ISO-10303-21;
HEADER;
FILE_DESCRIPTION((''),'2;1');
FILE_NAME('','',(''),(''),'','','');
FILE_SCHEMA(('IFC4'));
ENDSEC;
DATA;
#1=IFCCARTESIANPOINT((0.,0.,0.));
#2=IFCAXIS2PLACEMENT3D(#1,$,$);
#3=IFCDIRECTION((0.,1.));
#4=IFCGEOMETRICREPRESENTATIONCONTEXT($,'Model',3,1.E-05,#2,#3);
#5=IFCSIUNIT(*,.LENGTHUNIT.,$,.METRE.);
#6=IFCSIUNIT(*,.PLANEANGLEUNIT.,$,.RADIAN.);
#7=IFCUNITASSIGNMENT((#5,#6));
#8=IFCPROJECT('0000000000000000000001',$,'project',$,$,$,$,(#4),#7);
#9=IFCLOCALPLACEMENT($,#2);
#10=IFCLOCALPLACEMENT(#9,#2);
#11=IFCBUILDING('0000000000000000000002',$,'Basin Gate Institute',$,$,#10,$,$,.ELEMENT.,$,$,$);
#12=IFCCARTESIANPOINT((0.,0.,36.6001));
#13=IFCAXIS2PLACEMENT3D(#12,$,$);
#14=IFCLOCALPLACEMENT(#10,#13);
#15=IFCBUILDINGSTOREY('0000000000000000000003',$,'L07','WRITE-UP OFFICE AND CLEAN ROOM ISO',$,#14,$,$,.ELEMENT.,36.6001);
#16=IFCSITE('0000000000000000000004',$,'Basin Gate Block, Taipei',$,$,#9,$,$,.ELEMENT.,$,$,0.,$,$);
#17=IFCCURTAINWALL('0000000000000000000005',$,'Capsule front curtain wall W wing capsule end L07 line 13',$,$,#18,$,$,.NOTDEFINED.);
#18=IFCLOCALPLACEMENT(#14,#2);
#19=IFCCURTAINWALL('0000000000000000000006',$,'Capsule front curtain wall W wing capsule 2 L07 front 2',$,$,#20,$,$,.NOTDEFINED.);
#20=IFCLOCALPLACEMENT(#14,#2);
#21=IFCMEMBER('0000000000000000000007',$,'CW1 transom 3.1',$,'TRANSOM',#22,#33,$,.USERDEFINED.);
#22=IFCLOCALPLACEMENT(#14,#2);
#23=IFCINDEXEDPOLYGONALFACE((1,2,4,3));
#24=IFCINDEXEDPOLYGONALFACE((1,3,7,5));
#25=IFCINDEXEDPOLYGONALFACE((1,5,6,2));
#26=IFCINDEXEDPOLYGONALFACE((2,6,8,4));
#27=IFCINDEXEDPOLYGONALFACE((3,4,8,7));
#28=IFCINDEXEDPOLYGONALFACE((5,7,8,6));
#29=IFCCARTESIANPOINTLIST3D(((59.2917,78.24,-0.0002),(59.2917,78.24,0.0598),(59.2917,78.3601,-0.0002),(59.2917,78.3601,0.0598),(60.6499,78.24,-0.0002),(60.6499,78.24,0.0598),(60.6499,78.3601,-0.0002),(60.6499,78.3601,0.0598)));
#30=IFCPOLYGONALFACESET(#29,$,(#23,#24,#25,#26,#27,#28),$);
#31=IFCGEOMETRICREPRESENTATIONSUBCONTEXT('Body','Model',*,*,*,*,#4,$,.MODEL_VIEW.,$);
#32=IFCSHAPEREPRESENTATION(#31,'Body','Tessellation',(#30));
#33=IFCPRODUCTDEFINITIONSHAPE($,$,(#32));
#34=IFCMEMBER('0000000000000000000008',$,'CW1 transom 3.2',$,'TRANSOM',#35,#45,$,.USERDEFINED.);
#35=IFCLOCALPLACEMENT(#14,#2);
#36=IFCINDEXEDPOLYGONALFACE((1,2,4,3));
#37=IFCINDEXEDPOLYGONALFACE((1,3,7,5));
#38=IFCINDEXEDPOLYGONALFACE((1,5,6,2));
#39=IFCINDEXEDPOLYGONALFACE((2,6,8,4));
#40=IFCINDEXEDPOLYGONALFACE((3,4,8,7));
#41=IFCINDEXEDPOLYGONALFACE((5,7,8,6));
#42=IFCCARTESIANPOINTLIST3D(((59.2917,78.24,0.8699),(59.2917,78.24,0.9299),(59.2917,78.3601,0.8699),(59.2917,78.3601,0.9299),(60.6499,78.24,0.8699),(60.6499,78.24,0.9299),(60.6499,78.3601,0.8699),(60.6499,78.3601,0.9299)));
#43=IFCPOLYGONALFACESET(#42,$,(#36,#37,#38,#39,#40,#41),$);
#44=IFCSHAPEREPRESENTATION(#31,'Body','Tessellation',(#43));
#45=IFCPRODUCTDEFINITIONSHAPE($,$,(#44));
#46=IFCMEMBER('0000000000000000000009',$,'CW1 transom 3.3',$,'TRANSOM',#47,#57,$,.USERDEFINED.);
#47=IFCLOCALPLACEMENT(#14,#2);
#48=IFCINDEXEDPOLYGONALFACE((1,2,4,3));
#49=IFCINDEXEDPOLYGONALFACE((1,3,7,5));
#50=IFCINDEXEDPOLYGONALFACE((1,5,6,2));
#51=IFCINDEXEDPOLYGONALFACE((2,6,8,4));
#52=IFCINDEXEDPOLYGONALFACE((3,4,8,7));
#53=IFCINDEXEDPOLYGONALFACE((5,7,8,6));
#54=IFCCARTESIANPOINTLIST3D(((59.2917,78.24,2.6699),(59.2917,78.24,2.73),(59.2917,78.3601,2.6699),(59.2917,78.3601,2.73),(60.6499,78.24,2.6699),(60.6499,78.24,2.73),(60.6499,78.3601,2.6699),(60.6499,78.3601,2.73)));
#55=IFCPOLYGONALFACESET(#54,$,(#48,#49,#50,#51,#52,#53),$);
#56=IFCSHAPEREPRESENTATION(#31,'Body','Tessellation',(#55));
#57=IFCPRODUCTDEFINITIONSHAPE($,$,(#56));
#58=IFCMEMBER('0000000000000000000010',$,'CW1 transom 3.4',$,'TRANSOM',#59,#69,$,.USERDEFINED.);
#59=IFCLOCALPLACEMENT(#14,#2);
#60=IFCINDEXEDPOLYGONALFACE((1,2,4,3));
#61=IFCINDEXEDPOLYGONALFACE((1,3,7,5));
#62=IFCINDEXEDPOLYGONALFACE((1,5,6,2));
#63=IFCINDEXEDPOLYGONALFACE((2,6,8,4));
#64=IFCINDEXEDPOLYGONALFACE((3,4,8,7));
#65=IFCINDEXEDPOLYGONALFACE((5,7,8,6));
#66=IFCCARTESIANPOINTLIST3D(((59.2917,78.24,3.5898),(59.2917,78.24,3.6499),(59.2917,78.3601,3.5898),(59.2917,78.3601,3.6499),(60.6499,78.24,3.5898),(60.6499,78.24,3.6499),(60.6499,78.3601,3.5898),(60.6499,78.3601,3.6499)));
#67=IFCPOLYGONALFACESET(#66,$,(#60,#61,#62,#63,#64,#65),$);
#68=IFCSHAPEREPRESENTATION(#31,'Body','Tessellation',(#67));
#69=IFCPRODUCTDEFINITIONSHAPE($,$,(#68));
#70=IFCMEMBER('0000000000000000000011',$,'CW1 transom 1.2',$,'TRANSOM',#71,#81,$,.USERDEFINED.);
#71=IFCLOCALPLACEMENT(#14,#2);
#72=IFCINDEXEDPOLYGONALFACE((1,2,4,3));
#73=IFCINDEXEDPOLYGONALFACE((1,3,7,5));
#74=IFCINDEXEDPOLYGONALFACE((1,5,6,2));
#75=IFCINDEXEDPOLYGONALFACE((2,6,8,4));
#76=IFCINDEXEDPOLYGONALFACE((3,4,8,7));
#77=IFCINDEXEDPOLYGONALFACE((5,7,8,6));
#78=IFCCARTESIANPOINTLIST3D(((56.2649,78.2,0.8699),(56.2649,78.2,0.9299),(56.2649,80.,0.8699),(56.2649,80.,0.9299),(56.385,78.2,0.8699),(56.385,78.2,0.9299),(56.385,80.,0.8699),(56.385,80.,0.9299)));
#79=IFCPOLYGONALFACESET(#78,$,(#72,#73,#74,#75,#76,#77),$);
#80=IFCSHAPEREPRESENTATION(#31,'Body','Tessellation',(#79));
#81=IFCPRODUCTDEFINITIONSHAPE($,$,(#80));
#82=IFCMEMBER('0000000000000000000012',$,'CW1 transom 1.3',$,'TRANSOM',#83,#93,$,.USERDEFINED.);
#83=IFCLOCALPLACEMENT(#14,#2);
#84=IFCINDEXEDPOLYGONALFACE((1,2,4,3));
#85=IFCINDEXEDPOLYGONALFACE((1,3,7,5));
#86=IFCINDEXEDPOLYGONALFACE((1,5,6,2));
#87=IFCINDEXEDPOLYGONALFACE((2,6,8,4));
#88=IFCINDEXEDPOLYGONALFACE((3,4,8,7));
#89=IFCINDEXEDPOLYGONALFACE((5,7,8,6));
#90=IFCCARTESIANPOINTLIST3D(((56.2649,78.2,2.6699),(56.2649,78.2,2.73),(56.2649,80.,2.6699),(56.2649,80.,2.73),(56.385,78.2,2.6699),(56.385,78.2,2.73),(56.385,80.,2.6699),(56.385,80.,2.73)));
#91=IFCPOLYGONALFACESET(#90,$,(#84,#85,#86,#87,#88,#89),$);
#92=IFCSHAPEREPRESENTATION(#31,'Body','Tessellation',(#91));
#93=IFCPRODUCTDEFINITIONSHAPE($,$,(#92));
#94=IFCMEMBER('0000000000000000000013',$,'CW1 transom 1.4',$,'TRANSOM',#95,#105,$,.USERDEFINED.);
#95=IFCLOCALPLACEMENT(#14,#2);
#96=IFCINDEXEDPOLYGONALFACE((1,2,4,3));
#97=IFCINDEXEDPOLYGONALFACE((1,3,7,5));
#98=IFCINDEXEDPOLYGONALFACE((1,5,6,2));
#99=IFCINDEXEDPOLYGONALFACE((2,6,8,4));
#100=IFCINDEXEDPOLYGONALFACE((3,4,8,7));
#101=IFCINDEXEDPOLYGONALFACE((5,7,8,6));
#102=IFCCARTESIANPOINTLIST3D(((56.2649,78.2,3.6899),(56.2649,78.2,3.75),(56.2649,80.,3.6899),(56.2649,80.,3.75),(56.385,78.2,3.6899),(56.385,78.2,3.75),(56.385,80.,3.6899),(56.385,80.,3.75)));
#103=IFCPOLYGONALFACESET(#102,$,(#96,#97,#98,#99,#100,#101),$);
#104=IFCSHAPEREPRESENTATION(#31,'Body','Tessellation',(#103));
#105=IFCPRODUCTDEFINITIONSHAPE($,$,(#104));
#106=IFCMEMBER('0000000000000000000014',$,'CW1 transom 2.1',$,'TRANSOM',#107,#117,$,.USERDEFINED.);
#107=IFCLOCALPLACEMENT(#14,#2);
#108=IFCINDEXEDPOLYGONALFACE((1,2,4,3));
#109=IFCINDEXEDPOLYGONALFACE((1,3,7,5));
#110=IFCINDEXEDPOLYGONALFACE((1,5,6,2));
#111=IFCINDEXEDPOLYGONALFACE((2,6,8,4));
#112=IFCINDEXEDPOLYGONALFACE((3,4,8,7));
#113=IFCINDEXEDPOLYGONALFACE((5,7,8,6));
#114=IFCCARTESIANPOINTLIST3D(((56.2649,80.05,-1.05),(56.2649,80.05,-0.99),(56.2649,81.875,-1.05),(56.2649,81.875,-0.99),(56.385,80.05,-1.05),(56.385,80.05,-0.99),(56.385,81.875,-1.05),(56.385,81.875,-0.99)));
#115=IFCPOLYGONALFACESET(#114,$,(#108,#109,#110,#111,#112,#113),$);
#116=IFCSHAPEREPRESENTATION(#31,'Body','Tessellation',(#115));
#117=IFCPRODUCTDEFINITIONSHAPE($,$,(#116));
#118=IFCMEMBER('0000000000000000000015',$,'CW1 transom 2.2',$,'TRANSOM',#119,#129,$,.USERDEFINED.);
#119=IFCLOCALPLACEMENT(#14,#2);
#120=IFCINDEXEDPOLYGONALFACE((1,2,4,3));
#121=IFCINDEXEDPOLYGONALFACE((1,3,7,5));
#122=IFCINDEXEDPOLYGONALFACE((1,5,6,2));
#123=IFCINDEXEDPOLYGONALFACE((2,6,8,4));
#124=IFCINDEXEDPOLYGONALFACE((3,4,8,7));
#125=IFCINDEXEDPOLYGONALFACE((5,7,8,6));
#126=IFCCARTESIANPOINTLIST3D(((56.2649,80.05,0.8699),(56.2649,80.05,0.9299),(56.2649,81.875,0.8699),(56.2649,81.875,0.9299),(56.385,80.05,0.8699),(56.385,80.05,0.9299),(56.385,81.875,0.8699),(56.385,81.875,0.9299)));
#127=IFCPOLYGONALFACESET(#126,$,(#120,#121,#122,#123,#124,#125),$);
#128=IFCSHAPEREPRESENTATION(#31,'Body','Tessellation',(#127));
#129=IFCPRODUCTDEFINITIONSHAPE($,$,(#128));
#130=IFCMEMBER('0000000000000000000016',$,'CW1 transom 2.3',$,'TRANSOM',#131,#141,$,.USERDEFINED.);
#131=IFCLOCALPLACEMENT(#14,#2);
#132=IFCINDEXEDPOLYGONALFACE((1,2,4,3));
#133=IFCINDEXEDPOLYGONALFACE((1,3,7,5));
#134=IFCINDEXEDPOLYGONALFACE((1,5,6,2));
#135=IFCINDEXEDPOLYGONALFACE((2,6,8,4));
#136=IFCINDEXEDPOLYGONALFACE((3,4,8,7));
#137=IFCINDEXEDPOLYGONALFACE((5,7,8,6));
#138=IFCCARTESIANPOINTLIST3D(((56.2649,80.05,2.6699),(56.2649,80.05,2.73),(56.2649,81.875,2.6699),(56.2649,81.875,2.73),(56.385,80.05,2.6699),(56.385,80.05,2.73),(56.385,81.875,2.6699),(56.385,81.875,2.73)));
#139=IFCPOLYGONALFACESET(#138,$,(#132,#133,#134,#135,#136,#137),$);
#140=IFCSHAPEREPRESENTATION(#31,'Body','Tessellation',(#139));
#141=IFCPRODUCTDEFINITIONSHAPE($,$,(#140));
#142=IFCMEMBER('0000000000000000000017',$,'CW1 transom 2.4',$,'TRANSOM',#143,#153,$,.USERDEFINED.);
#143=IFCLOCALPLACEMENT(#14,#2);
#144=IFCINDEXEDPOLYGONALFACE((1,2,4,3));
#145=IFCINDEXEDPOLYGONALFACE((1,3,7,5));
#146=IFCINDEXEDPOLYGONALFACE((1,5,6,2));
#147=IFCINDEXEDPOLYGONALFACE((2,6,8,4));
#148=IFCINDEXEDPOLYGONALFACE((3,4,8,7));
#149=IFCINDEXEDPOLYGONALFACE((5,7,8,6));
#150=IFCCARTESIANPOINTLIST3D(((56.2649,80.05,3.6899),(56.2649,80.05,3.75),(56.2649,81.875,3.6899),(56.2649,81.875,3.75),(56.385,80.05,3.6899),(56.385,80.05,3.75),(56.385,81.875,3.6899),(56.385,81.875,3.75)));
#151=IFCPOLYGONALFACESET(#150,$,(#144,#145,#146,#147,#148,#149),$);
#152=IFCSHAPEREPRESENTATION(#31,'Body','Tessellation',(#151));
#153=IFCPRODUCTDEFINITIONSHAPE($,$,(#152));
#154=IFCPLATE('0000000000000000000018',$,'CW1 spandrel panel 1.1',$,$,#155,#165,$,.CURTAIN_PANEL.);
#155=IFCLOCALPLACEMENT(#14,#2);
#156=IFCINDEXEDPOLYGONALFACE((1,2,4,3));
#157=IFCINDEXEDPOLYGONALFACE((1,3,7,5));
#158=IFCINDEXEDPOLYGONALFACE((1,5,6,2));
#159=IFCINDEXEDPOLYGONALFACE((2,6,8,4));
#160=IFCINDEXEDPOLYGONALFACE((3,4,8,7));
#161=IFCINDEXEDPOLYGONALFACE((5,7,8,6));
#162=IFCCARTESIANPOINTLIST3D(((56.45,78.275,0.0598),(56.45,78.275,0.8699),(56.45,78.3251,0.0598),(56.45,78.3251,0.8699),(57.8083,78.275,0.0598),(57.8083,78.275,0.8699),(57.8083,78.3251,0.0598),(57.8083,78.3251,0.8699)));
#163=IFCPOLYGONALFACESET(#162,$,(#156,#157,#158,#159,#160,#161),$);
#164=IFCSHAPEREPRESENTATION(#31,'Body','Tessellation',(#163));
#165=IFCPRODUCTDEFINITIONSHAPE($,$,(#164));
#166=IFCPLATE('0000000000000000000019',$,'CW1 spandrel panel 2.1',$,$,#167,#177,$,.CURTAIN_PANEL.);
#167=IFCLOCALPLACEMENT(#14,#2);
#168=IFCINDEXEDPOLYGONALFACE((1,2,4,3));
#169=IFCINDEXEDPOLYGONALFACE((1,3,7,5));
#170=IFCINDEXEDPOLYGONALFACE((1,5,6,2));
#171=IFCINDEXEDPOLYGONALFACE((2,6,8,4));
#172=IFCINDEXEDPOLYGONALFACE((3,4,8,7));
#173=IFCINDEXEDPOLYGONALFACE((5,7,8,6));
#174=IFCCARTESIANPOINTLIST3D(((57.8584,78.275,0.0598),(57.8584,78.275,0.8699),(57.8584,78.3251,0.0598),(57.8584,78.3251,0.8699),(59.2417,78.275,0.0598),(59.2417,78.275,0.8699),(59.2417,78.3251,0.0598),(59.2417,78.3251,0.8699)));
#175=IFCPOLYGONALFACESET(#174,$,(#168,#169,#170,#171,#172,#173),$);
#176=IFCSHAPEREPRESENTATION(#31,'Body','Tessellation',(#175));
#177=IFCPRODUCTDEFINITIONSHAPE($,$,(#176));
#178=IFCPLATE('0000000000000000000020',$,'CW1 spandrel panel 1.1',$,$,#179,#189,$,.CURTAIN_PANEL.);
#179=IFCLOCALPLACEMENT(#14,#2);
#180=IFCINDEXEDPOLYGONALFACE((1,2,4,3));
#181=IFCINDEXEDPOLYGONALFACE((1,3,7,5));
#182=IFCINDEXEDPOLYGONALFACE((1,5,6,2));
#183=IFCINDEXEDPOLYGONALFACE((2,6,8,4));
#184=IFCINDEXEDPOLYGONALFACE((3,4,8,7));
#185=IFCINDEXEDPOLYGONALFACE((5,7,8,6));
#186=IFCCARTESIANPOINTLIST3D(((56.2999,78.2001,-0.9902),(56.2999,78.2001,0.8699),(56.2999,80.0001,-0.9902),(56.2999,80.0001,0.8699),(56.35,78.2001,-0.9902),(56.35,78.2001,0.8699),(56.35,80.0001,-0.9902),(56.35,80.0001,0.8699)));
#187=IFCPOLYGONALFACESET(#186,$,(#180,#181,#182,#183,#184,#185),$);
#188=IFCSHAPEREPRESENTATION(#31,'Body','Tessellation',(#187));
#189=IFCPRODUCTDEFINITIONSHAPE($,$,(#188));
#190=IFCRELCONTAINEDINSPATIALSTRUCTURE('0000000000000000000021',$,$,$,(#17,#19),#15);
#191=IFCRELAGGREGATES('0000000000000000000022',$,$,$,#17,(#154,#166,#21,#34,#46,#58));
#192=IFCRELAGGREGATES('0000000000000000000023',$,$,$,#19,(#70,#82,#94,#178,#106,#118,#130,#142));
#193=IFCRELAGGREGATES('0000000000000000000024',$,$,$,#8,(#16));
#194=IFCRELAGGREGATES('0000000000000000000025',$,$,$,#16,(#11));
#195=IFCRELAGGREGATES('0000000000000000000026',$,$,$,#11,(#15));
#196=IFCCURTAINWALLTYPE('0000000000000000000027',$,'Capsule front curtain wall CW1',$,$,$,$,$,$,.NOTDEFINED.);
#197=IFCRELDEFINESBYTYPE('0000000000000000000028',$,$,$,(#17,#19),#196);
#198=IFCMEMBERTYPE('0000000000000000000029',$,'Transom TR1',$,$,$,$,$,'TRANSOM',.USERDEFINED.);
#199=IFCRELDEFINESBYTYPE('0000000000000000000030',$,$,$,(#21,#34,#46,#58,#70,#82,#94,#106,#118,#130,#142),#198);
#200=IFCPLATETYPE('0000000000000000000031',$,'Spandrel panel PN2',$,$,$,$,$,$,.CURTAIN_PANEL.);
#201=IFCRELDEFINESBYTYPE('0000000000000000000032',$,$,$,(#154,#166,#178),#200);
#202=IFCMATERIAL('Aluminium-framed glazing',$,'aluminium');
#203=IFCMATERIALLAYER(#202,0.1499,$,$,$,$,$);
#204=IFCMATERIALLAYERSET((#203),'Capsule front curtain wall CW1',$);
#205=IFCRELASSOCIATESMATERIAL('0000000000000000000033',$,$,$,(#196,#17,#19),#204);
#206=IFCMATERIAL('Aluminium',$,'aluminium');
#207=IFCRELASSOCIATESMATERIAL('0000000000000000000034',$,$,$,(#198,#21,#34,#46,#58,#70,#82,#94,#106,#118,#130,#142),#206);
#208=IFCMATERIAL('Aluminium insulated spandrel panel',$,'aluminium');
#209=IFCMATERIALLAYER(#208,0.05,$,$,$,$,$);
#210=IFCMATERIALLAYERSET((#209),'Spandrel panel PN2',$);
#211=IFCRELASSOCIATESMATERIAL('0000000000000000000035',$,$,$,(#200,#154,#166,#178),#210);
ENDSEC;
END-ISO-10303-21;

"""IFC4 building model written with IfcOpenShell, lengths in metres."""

from ifc_helpers import new_model, si_unit, direction, frame, origin, origin_2d, place, context, subcontext, project, spatial, rectangle, extrude, material, layer, layer_set, material_profile, profile_set, type_object, element, aggregate, save


model = new_model("IFC4")

# Units and contexts
model_context = context("Model", 3, precision=1e-05, world=origin(), true_north=direction((0.0, 1.0)))
body_context = subcontext(model_context, "Body", "Model", "MODEL_VIEW")
ifc_project = project(units=[si_unit("LENGTHUNIT", "METRE"), si_unit("PLANEANGLEUNIT", "RADIAN")], contexts=[model_context])

# Site, building, storey
site_placement = place(None, origin())
site = spatial("IfcSite", under=ifc_project, at=site_placement, Name="Basin Gate Block, Taipei", CompositionType="ELEMENT", RefElevation=0.0)
building_placement = place(site_placement, origin())
building = spatial("IfcBuilding", under=site, at=building_placement, Name="Basin Gate Institute", CompositionType="ELEMENT")
storey_placement = place(building_placement, frame((0.0, 0.0, 36.6001)))
storey = spatial("IfcBuildingStorey", under=building, at=storey_placement, Name="L07", Description="WRITE-UP OFFICE AND CLEAN ROOM ISO", CompositionType="ELEMENT", Elevation=36.6001)

# Curtain wall
ifc_material_1 = material(Name="Aluminium-framed glazing", Category="aluminium")
ifc_layer_1 = layer(ifc_material_1, 0.1499)
ifc_layer_set_1 = layer_set([ifc_layer_1], Name="Capsule front curtain wall CW1")
curtain_wall_type = type_object("IfcCurtainWallType", Name="Capsule front curtain wall CW1", PredefinedType="NOTDEFINED", material=ifc_layer_set_1)
curtain_wall_1_placement = place(storey_placement, origin())
curtain_wall_1 = element("IfcCurtainWall", 1, at=curtain_wall_1_placement, inside=storey, type_object=curtain_wall_type, material=ifc_layer_set_1, Name="Capsule front curtain wall W wing capsule end L07 line 13", PredefinedType="NOTDEFINED")

# Curtain wall
curtain_wall_2_placement = place(storey_placement, origin())
curtain_wall_2 = element("IfcCurtainWall", 2, at=curtain_wall_2_placement, inside=storey, type_object=curtain_wall_type, material=ifc_layer_set_1, Name="Capsule front curtain wall W wing capsule 2 L07 front 2", PredefinedType="NOTDEFINED")

# Members
ifc_material_2 = material(Name="Aluminium", Category="aluminium")
ifc_material_profile_1 = material_profile(ifc_material_2, rectangle(XDim=0.1201, YDim=0.0601, at=origin_2d()), Name="Transom TR1 120 x 60")
ifc_profile_set_1 = profile_set([ifc_material_profile_1], Name="Aluminium")
member_type_1 = type_object("IfcMemberType", Name="Transom TR1", ElementType="TRANSOM", PredefinedType="USERDEFINED", material=ifc_profile_set_1)
member_1_placement = place(storey_placement, frame((59.2917, 78.3, 0.0298), z_axis=(1.0, 0.0, 0.0), x_axis=(0.0, 1.0, 0.0)))
member_1 = element("IfcMember", 3, at=member_1_placement, type_object=member_type_1, material=ifc_profile_set_1, Name="CW1 transom 3.1", ObjectType="TRANSOM", PredefinedType="USERDEFINED", context=body_context, shape_type="SweptSolid", body=[
    extrude(rectangle(XDim=0.1201, YDim=0.0601, at=origin_2d()), origin(), (0.0, 0.0, 1.0), 1.3582),
])
member_2_placement = place(storey_placement, frame((59.2917, 78.3, 0.8999), z_axis=(1.0, 0.0, 0.0), x_axis=(0.0, 1.0, 0.0)))
member_2 = element("IfcMember", 4, at=member_2_placement, type_object=member_type_1, material=ifc_profile_set_1, Name="CW1 transom 3.2", ObjectType="TRANSOM", PredefinedType="USERDEFINED", context=body_context, shape_type="SweptSolid", body=[
    extrude(rectangle(XDim=0.1201, YDim=0.0601, at=origin_2d()), origin(), (0.0, 0.0, 1.0), 1.3582),
])
member_3_placement = place(storey_placement, frame((59.2917, 78.3, 2.7), z_axis=(1.0, 0.0, 0.0), x_axis=(0.0, 1.0, 0.0)))
member_3 = element("IfcMember", 5, at=member_3_placement, type_object=member_type_1, material=ifc_profile_set_1, Name="CW1 transom 3.3", ObjectType="TRANSOM", PredefinedType="USERDEFINED", context=body_context, shape_type="SweptSolid", body=[
    extrude(rectangle(XDim=0.1201, YDim=0.0601, at=origin_2d()), origin(), (0.0, 0.0, 1.0), 1.3582),
])
member_4_placement = place(storey_placement, frame((59.2917, 78.3, 3.6199), z_axis=(1.0, 0.0, 0.0), x_axis=(0.0, 1.0, 0.0)))
member_4 = element("IfcMember", 6, at=member_4_placement, type_object=member_type_1, material=ifc_profile_set_1, Name="CW1 transom 3.4", ObjectType="TRANSOM", PredefinedType="USERDEFINED", context=body_context, shape_type="SweptSolid", body=[
    extrude(rectangle(XDim=0.1201, YDim=0.0601, at=origin_2d()), origin(), (0.0, 0.0, 1.0), 1.3582),
])
member_5_placement = place(storey_placement, frame((56.325, 78.2, 0.8999), z_axis=(0.0, 1.0, 0.0), x_axis=(-1.0, 0.0, 0.0)))
member_5 = element("IfcMember", 7, at=member_5_placement, type_object=member_type_1, material=ifc_profile_set_1, Name="CW1 transom 1.2", ObjectType="TRANSOM", PredefinedType="USERDEFINED", context=body_context, shape_type="SweptSolid", body=[
    extrude(rectangle(XDim=0.1201, YDim=0.0601, at=origin_2d()), origin(), (0.0, 0.0, 1.0), 1.8),
])
member_6_placement = place(storey_placement, frame((56.325, 78.2, 2.7), z_axis=(0.0, 1.0, 0.0), x_axis=(-1.0, 0.0, 0.0)))
member_6 = element("IfcMember", 8, at=member_6_placement, type_object=member_type_1, material=ifc_profile_set_1, Name="CW1 transom 1.3", ObjectType="TRANSOM", PredefinedType="USERDEFINED", context=body_context, shape_type="SweptSolid", body=[
    extrude(rectangle(XDim=0.1201, YDim=0.0601, at=origin_2d()), origin(), (0.0, 0.0, 1.0), 1.8),
])
member_7_placement = place(storey_placement, frame((56.325, 78.2, 3.72), z_axis=(0.0, 1.0, 0.0), x_axis=(-1.0, 0.0, 0.0)))
member_7 = element("IfcMember", 9, at=member_7_placement, type_object=member_type_1, material=ifc_profile_set_1, Name="CW1 transom 1.4", ObjectType="TRANSOM", PredefinedType="USERDEFINED", context=body_context, shape_type="SweptSolid", body=[
    extrude(rectangle(XDim=0.1201, YDim=0.0601, at=origin_2d()), origin(), (0.0, 0.0, 1.0), 1.8),
])
member_8_placement = place(storey_placement, frame((56.325, 80.05, -1.02), z_axis=(0.0, 1.0, 0.0), x_axis=(-1.0, 0.0, 0.0)))
member_8 = element("IfcMember", 10, at=member_8_placement, type_object=member_type_1, material=ifc_profile_set_1, Name="CW1 transom 2.1", ObjectType="TRANSOM", PredefinedType="USERDEFINED", context=body_context, shape_type="SweptSolid", body=[
    extrude(rectangle(XDim=0.1201, YDim=0.0601, at=origin_2d()), origin(), (0.0, 0.0, 1.0), 1.825),
])
member_9_placement = place(storey_placement, frame((56.325, 80.05, 0.8999), z_axis=(0.0, 1.0, 0.0), x_axis=(-1.0, 0.0, 0.0)))
member_9 = element("IfcMember", 11, at=member_9_placement, type_object=member_type_1, material=ifc_profile_set_1, Name="CW1 transom 2.2", ObjectType="TRANSOM", PredefinedType="USERDEFINED", context=body_context, shape_type="SweptSolid", body=[
    extrude(rectangle(XDim=0.1201, YDim=0.0601, at=origin_2d()), origin(), (0.0, 0.0, 1.0), 1.825),
])
member_10_placement = place(storey_placement, frame((56.325, 80.05, 2.7), z_axis=(0.0, 1.0, 0.0), x_axis=(-1.0, 0.0, 0.0)))
member_10 = element("IfcMember", 12, at=member_10_placement, type_object=member_type_1, material=ifc_profile_set_1, Name="CW1 transom 2.3", ObjectType="TRANSOM", PredefinedType="USERDEFINED", context=body_context, shape_type="SweptSolid", body=[
    extrude(rectangle(XDim=0.1201, YDim=0.0601, at=origin_2d()), origin(), (0.0, 0.0, 1.0), 1.825),
])
member_11_placement = place(storey_placement, frame((56.325, 80.05, 3.72), z_axis=(0.0, 1.0, 0.0), x_axis=(-1.0, 0.0, 0.0)))
member_11 = element("IfcMember", 13, at=member_11_placement, type_object=member_type_1, material=ifc_profile_set_1, Name="CW1 transom 2.4", ObjectType="TRANSOM", PredefinedType="USERDEFINED", context=body_context, shape_type="SweptSolid", body=[
    extrude(rectangle(XDim=0.1201, YDim=0.0601, at=origin_2d()), origin(), (0.0, 0.0, 1.0), 1.825),
])

# Plates
ifc_material_3 = material(Name="Aluminium insulated spandrel panel", Category="aluminium")
ifc_layer_2 = layer(ifc_material_3, 0.05)
ifc_layer_set_2 = layer_set([ifc_layer_2], Name="Spandrel panel PN2")
plate_type_1 = type_object("IfcPlateType", Name="Spandrel panel PN2", PredefinedType="CURTAIN_PANEL", material=ifc_layer_set_2)
plate_1_placement = place(storey_placement, frame((57.1292, 78.3, 0.0598), z_axis=(0.0, 0.0, 1.0), x_axis=(1.0, 0.0, 0.0)))
plate_1 = element("IfcPlate", 14, at=plate_1_placement, type_object=plate_type_1, material=ifc_layer_set_2, Name="CW1 spandrel panel 1.1", PredefinedType="CURTAIN_PANEL", context=body_context, shape_type="SweptSolid", body=[
    extrude(rectangle(XDim=1.3584, YDim=0.05, at=origin_2d()), origin(), (0.0, 0.0, 1.0), 0.8101),
])
plate_2_placement = place(storey_placement, frame((58.55, 78.3, 0.0598), z_axis=(0.0, 0.0, 1.0), x_axis=(1.0, 0.0, 0.0)))
plate_2 = element("IfcPlate", 15, at=plate_2_placement, type_object=plate_type_1, material=ifc_layer_set_2, Name="CW1 spandrel panel 2.1", PredefinedType="CURTAIN_PANEL", context=body_context, shape_type="SweptSolid", body=[
    extrude(rectangle(XDim=1.3833, YDim=0.05, at=origin_2d()), origin(), (0.0, 0.0, 1.0), 0.8101),
])
plate_3_placement = place(storey_placement, frame((56.325, 79.1001, -0.9902), z_axis=(0.0, 0.0, 1.0), x_axis=(0.0, 1.0, 0.0)))
plate_3 = element("IfcPlate", 16, at=plate_3_placement, type_object=plate_type_1, material=ifc_layer_set_2, Name="CW1 spandrel panel 1.1", PredefinedType="CURTAIN_PANEL", context=body_context, shape_type="SweptSolid", body=[
    extrude(rectangle(XDim=1.8, YDim=0.05, at=origin_2d()), origin(), (0.0, 0.0, 1.0), 1.8601),
])
aggregate(curtain_wall_1, [plate_1, plate_2, member_1, member_2, member_3, member_4])
aggregate(curtain_wall_2, [member_5, member_6, member_7, plate_3, member_8, member_9, member_10, member_11])

save(model, "model.ifc")
